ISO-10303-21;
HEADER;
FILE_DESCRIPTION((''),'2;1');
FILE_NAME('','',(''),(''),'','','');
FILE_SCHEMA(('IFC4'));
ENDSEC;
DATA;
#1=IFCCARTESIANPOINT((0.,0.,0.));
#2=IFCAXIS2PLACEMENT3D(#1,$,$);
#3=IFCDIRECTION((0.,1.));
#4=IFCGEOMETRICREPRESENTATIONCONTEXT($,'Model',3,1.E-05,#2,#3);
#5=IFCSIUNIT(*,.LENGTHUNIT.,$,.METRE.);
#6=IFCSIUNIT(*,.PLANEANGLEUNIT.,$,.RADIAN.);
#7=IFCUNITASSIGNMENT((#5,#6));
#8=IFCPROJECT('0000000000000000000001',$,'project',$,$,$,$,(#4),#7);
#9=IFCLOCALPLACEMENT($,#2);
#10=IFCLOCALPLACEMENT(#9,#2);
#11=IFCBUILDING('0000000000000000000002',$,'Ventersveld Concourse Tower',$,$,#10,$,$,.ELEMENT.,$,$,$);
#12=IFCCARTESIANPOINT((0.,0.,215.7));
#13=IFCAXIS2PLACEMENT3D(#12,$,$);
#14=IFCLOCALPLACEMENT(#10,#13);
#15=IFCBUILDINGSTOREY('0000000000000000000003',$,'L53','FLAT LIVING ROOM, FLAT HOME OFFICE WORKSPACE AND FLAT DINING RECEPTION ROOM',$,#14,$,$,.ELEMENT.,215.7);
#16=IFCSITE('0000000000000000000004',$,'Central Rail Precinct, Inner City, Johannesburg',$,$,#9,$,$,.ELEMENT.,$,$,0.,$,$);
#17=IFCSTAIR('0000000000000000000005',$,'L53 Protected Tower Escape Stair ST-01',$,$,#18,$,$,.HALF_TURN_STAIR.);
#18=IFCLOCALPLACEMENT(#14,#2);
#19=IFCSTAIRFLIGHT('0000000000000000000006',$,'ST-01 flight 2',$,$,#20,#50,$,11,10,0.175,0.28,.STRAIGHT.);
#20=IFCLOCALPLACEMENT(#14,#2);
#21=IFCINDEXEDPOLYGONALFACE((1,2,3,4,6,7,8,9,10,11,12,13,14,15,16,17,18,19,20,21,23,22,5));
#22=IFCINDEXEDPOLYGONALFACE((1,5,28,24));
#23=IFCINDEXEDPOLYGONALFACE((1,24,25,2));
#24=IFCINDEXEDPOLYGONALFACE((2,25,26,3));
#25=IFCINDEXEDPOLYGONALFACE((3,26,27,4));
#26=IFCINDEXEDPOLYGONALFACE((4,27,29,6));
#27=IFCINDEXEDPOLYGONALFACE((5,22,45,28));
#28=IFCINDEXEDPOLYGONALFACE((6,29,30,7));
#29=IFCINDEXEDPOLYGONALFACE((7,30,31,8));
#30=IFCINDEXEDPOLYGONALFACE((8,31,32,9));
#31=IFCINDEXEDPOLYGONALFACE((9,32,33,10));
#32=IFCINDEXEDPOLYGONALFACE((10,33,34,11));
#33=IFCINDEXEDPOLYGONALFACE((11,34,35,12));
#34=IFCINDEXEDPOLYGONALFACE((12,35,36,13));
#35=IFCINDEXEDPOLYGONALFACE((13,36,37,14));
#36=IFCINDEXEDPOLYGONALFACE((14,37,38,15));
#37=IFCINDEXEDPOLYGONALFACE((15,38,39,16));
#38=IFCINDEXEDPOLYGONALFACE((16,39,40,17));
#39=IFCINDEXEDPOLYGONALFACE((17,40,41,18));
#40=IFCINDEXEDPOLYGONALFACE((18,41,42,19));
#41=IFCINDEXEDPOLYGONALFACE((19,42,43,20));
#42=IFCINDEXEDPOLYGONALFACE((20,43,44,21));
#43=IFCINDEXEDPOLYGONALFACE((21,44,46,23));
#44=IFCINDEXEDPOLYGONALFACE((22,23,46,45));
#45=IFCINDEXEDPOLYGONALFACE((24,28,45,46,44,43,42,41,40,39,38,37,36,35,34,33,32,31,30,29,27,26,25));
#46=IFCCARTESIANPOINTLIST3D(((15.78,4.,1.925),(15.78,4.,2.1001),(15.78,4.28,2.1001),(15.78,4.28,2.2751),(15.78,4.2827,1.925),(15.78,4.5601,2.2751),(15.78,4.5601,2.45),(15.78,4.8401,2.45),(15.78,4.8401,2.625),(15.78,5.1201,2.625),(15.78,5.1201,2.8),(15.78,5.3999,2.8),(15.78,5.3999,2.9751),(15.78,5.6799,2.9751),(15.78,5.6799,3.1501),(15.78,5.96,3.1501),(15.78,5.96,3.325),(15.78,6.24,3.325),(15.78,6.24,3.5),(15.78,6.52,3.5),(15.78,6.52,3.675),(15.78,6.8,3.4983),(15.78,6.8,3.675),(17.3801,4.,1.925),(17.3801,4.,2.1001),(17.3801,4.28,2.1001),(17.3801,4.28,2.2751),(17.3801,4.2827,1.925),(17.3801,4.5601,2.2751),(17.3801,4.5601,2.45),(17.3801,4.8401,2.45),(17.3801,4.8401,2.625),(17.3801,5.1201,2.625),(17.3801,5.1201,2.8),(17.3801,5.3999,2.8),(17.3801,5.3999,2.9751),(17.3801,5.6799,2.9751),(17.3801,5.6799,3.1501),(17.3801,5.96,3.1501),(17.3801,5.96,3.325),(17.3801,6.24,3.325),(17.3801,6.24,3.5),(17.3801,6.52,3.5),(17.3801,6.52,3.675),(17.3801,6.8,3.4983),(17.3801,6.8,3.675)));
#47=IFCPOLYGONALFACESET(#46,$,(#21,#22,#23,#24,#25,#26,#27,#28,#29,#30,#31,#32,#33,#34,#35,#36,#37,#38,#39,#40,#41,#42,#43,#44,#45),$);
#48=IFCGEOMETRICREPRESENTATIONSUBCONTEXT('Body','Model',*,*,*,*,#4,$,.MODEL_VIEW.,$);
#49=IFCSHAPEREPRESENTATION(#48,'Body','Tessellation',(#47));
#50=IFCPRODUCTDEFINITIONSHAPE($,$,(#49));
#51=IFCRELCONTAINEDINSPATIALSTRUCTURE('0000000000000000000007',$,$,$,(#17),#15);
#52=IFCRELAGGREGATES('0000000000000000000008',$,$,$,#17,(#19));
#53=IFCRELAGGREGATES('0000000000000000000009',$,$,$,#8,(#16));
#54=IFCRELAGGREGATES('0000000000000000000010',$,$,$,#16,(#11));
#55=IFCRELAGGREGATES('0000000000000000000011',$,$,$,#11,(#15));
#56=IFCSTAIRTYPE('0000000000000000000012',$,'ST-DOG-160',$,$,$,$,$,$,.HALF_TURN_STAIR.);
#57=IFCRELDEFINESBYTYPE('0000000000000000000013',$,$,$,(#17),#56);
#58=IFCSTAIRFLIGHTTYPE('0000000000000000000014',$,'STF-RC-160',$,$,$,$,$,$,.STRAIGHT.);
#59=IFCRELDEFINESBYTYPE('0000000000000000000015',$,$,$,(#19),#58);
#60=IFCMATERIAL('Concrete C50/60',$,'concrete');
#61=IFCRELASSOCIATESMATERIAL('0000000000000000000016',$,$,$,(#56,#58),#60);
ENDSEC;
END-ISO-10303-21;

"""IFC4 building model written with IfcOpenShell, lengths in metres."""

from ifc_helpers import new_model, si_unit, direction, frame, origin, place, context, subcontext, project, spatial, polyline, outline, extrude, material, type_object, element, aggregate, save


model = new_model("IFC4")

# Units and contexts
model_context = context("Model", 3, precision=1e-05, world=origin(), true_north=direction((0.0, 1.0)))
body_context = subcontext(model_context, "Body", "Model", "MODEL_VIEW")
ifc_project = project(units=[si_unit("LENGTHUNIT", "METRE"), si_unit("PLANEANGLEUNIT", "RADIAN")], contexts=[model_context])

# Site, building, storey
site_placement = place(None, origin())
site = spatial("IfcSite", under=ifc_project, at=site_placement, Name="Central Rail Precinct, Inner City, Johannesburg", CompositionType="ELEMENT", RefElevation=0.0)
building_placement = place(site_placement, origin())
building = spatial("IfcBuilding", under=site, at=building_placement, Name="Ventersveld Concourse Tower", CompositionType="ELEMENT")
storey_placement = place(building_placement, frame((0.0, 0.0, 215.7)))
storey = spatial("IfcBuildingStorey", under=building, at=storey_placement, Name="L53", Description="FLAT LIVING ROOM, FLAT HOME OFFICE WORKSPACE AND FLAT DINING RECEPTION ROOM", CompositionType="ELEMENT", Elevation=215.7)

# Shared definitions
ifc_material_1 = material(Name="Concrete C50/60", Category="concrete")

# Stair, stair flight
stair_type = type_object("IfcStairType", Name="ST-DOG-160", PredefinedType="HALF_TURN_STAIR", material=ifc_material_1)
stair_placement = place(storey_placement, origin())
stair = element("IfcStair", 1, at=stair_placement, inside=storey, type_object=stair_type, Name="L53 Protected Tower Escape Stair ST-01", PredefinedType="HALF_TURN_STAIR")
stair_flight_type = type_object("IfcStairFlightType", Name="STF-RC-160", PredefinedType="STRAIGHT", material=ifc_material_1)
stair_flight_placement = place(storey_placement, frame((16.5801, 4.0, 1.925), z_axis=(0.0, 0.0, 1.0), x_axis=(0.0, 1.0, 0.0)))
stair_flight = element("IfcStairFlight", 2, at=stair_flight_placement, type_object=stair_flight_type, Name="ST-01 flight 2", NumberOfRisers=11, NumberOfTreads=10, PredefinedType="STRAIGHT", RiserHeight=0.175, TreadLength=0.28, context=body_context, shape_type="SweptSolid", body=[
    extrude(outline(polyline([(0.0, 0.0), (0.0, 0.175), (0.28, 0.175), (0.28, 0.3501), (0.5601, 0.3501), (0.5601, 0.5249), (0.8401, 0.5249), (0.8401, 0.7), (1.1201, 0.7), (1.1201, 0.875), (1.3999, 0.875), (1.3999, 1.05), (1.6799, 1.05), (1.6799, 1.2251), (1.96, 1.2251), (1.96, 1.3999), (2.24, 1.3999), (2.24, 1.575), (2.52, 1.575), (2.52, 1.75), (2.8, 1.75), (2.8, 1.925), (2.8, 1.5732), (0.2827, 0.0), (0.0, 0.0)])), frame((0.0, 0.8, 0.0), z_axis=(0.0, -1.0, 0.0), x_axis=(1.0, 0.0, 0.0)), (0.0, 0.0, 1.0), 1.6001),
])
aggregate(stair, [stair_flight])

save(model, "model.ifc")
